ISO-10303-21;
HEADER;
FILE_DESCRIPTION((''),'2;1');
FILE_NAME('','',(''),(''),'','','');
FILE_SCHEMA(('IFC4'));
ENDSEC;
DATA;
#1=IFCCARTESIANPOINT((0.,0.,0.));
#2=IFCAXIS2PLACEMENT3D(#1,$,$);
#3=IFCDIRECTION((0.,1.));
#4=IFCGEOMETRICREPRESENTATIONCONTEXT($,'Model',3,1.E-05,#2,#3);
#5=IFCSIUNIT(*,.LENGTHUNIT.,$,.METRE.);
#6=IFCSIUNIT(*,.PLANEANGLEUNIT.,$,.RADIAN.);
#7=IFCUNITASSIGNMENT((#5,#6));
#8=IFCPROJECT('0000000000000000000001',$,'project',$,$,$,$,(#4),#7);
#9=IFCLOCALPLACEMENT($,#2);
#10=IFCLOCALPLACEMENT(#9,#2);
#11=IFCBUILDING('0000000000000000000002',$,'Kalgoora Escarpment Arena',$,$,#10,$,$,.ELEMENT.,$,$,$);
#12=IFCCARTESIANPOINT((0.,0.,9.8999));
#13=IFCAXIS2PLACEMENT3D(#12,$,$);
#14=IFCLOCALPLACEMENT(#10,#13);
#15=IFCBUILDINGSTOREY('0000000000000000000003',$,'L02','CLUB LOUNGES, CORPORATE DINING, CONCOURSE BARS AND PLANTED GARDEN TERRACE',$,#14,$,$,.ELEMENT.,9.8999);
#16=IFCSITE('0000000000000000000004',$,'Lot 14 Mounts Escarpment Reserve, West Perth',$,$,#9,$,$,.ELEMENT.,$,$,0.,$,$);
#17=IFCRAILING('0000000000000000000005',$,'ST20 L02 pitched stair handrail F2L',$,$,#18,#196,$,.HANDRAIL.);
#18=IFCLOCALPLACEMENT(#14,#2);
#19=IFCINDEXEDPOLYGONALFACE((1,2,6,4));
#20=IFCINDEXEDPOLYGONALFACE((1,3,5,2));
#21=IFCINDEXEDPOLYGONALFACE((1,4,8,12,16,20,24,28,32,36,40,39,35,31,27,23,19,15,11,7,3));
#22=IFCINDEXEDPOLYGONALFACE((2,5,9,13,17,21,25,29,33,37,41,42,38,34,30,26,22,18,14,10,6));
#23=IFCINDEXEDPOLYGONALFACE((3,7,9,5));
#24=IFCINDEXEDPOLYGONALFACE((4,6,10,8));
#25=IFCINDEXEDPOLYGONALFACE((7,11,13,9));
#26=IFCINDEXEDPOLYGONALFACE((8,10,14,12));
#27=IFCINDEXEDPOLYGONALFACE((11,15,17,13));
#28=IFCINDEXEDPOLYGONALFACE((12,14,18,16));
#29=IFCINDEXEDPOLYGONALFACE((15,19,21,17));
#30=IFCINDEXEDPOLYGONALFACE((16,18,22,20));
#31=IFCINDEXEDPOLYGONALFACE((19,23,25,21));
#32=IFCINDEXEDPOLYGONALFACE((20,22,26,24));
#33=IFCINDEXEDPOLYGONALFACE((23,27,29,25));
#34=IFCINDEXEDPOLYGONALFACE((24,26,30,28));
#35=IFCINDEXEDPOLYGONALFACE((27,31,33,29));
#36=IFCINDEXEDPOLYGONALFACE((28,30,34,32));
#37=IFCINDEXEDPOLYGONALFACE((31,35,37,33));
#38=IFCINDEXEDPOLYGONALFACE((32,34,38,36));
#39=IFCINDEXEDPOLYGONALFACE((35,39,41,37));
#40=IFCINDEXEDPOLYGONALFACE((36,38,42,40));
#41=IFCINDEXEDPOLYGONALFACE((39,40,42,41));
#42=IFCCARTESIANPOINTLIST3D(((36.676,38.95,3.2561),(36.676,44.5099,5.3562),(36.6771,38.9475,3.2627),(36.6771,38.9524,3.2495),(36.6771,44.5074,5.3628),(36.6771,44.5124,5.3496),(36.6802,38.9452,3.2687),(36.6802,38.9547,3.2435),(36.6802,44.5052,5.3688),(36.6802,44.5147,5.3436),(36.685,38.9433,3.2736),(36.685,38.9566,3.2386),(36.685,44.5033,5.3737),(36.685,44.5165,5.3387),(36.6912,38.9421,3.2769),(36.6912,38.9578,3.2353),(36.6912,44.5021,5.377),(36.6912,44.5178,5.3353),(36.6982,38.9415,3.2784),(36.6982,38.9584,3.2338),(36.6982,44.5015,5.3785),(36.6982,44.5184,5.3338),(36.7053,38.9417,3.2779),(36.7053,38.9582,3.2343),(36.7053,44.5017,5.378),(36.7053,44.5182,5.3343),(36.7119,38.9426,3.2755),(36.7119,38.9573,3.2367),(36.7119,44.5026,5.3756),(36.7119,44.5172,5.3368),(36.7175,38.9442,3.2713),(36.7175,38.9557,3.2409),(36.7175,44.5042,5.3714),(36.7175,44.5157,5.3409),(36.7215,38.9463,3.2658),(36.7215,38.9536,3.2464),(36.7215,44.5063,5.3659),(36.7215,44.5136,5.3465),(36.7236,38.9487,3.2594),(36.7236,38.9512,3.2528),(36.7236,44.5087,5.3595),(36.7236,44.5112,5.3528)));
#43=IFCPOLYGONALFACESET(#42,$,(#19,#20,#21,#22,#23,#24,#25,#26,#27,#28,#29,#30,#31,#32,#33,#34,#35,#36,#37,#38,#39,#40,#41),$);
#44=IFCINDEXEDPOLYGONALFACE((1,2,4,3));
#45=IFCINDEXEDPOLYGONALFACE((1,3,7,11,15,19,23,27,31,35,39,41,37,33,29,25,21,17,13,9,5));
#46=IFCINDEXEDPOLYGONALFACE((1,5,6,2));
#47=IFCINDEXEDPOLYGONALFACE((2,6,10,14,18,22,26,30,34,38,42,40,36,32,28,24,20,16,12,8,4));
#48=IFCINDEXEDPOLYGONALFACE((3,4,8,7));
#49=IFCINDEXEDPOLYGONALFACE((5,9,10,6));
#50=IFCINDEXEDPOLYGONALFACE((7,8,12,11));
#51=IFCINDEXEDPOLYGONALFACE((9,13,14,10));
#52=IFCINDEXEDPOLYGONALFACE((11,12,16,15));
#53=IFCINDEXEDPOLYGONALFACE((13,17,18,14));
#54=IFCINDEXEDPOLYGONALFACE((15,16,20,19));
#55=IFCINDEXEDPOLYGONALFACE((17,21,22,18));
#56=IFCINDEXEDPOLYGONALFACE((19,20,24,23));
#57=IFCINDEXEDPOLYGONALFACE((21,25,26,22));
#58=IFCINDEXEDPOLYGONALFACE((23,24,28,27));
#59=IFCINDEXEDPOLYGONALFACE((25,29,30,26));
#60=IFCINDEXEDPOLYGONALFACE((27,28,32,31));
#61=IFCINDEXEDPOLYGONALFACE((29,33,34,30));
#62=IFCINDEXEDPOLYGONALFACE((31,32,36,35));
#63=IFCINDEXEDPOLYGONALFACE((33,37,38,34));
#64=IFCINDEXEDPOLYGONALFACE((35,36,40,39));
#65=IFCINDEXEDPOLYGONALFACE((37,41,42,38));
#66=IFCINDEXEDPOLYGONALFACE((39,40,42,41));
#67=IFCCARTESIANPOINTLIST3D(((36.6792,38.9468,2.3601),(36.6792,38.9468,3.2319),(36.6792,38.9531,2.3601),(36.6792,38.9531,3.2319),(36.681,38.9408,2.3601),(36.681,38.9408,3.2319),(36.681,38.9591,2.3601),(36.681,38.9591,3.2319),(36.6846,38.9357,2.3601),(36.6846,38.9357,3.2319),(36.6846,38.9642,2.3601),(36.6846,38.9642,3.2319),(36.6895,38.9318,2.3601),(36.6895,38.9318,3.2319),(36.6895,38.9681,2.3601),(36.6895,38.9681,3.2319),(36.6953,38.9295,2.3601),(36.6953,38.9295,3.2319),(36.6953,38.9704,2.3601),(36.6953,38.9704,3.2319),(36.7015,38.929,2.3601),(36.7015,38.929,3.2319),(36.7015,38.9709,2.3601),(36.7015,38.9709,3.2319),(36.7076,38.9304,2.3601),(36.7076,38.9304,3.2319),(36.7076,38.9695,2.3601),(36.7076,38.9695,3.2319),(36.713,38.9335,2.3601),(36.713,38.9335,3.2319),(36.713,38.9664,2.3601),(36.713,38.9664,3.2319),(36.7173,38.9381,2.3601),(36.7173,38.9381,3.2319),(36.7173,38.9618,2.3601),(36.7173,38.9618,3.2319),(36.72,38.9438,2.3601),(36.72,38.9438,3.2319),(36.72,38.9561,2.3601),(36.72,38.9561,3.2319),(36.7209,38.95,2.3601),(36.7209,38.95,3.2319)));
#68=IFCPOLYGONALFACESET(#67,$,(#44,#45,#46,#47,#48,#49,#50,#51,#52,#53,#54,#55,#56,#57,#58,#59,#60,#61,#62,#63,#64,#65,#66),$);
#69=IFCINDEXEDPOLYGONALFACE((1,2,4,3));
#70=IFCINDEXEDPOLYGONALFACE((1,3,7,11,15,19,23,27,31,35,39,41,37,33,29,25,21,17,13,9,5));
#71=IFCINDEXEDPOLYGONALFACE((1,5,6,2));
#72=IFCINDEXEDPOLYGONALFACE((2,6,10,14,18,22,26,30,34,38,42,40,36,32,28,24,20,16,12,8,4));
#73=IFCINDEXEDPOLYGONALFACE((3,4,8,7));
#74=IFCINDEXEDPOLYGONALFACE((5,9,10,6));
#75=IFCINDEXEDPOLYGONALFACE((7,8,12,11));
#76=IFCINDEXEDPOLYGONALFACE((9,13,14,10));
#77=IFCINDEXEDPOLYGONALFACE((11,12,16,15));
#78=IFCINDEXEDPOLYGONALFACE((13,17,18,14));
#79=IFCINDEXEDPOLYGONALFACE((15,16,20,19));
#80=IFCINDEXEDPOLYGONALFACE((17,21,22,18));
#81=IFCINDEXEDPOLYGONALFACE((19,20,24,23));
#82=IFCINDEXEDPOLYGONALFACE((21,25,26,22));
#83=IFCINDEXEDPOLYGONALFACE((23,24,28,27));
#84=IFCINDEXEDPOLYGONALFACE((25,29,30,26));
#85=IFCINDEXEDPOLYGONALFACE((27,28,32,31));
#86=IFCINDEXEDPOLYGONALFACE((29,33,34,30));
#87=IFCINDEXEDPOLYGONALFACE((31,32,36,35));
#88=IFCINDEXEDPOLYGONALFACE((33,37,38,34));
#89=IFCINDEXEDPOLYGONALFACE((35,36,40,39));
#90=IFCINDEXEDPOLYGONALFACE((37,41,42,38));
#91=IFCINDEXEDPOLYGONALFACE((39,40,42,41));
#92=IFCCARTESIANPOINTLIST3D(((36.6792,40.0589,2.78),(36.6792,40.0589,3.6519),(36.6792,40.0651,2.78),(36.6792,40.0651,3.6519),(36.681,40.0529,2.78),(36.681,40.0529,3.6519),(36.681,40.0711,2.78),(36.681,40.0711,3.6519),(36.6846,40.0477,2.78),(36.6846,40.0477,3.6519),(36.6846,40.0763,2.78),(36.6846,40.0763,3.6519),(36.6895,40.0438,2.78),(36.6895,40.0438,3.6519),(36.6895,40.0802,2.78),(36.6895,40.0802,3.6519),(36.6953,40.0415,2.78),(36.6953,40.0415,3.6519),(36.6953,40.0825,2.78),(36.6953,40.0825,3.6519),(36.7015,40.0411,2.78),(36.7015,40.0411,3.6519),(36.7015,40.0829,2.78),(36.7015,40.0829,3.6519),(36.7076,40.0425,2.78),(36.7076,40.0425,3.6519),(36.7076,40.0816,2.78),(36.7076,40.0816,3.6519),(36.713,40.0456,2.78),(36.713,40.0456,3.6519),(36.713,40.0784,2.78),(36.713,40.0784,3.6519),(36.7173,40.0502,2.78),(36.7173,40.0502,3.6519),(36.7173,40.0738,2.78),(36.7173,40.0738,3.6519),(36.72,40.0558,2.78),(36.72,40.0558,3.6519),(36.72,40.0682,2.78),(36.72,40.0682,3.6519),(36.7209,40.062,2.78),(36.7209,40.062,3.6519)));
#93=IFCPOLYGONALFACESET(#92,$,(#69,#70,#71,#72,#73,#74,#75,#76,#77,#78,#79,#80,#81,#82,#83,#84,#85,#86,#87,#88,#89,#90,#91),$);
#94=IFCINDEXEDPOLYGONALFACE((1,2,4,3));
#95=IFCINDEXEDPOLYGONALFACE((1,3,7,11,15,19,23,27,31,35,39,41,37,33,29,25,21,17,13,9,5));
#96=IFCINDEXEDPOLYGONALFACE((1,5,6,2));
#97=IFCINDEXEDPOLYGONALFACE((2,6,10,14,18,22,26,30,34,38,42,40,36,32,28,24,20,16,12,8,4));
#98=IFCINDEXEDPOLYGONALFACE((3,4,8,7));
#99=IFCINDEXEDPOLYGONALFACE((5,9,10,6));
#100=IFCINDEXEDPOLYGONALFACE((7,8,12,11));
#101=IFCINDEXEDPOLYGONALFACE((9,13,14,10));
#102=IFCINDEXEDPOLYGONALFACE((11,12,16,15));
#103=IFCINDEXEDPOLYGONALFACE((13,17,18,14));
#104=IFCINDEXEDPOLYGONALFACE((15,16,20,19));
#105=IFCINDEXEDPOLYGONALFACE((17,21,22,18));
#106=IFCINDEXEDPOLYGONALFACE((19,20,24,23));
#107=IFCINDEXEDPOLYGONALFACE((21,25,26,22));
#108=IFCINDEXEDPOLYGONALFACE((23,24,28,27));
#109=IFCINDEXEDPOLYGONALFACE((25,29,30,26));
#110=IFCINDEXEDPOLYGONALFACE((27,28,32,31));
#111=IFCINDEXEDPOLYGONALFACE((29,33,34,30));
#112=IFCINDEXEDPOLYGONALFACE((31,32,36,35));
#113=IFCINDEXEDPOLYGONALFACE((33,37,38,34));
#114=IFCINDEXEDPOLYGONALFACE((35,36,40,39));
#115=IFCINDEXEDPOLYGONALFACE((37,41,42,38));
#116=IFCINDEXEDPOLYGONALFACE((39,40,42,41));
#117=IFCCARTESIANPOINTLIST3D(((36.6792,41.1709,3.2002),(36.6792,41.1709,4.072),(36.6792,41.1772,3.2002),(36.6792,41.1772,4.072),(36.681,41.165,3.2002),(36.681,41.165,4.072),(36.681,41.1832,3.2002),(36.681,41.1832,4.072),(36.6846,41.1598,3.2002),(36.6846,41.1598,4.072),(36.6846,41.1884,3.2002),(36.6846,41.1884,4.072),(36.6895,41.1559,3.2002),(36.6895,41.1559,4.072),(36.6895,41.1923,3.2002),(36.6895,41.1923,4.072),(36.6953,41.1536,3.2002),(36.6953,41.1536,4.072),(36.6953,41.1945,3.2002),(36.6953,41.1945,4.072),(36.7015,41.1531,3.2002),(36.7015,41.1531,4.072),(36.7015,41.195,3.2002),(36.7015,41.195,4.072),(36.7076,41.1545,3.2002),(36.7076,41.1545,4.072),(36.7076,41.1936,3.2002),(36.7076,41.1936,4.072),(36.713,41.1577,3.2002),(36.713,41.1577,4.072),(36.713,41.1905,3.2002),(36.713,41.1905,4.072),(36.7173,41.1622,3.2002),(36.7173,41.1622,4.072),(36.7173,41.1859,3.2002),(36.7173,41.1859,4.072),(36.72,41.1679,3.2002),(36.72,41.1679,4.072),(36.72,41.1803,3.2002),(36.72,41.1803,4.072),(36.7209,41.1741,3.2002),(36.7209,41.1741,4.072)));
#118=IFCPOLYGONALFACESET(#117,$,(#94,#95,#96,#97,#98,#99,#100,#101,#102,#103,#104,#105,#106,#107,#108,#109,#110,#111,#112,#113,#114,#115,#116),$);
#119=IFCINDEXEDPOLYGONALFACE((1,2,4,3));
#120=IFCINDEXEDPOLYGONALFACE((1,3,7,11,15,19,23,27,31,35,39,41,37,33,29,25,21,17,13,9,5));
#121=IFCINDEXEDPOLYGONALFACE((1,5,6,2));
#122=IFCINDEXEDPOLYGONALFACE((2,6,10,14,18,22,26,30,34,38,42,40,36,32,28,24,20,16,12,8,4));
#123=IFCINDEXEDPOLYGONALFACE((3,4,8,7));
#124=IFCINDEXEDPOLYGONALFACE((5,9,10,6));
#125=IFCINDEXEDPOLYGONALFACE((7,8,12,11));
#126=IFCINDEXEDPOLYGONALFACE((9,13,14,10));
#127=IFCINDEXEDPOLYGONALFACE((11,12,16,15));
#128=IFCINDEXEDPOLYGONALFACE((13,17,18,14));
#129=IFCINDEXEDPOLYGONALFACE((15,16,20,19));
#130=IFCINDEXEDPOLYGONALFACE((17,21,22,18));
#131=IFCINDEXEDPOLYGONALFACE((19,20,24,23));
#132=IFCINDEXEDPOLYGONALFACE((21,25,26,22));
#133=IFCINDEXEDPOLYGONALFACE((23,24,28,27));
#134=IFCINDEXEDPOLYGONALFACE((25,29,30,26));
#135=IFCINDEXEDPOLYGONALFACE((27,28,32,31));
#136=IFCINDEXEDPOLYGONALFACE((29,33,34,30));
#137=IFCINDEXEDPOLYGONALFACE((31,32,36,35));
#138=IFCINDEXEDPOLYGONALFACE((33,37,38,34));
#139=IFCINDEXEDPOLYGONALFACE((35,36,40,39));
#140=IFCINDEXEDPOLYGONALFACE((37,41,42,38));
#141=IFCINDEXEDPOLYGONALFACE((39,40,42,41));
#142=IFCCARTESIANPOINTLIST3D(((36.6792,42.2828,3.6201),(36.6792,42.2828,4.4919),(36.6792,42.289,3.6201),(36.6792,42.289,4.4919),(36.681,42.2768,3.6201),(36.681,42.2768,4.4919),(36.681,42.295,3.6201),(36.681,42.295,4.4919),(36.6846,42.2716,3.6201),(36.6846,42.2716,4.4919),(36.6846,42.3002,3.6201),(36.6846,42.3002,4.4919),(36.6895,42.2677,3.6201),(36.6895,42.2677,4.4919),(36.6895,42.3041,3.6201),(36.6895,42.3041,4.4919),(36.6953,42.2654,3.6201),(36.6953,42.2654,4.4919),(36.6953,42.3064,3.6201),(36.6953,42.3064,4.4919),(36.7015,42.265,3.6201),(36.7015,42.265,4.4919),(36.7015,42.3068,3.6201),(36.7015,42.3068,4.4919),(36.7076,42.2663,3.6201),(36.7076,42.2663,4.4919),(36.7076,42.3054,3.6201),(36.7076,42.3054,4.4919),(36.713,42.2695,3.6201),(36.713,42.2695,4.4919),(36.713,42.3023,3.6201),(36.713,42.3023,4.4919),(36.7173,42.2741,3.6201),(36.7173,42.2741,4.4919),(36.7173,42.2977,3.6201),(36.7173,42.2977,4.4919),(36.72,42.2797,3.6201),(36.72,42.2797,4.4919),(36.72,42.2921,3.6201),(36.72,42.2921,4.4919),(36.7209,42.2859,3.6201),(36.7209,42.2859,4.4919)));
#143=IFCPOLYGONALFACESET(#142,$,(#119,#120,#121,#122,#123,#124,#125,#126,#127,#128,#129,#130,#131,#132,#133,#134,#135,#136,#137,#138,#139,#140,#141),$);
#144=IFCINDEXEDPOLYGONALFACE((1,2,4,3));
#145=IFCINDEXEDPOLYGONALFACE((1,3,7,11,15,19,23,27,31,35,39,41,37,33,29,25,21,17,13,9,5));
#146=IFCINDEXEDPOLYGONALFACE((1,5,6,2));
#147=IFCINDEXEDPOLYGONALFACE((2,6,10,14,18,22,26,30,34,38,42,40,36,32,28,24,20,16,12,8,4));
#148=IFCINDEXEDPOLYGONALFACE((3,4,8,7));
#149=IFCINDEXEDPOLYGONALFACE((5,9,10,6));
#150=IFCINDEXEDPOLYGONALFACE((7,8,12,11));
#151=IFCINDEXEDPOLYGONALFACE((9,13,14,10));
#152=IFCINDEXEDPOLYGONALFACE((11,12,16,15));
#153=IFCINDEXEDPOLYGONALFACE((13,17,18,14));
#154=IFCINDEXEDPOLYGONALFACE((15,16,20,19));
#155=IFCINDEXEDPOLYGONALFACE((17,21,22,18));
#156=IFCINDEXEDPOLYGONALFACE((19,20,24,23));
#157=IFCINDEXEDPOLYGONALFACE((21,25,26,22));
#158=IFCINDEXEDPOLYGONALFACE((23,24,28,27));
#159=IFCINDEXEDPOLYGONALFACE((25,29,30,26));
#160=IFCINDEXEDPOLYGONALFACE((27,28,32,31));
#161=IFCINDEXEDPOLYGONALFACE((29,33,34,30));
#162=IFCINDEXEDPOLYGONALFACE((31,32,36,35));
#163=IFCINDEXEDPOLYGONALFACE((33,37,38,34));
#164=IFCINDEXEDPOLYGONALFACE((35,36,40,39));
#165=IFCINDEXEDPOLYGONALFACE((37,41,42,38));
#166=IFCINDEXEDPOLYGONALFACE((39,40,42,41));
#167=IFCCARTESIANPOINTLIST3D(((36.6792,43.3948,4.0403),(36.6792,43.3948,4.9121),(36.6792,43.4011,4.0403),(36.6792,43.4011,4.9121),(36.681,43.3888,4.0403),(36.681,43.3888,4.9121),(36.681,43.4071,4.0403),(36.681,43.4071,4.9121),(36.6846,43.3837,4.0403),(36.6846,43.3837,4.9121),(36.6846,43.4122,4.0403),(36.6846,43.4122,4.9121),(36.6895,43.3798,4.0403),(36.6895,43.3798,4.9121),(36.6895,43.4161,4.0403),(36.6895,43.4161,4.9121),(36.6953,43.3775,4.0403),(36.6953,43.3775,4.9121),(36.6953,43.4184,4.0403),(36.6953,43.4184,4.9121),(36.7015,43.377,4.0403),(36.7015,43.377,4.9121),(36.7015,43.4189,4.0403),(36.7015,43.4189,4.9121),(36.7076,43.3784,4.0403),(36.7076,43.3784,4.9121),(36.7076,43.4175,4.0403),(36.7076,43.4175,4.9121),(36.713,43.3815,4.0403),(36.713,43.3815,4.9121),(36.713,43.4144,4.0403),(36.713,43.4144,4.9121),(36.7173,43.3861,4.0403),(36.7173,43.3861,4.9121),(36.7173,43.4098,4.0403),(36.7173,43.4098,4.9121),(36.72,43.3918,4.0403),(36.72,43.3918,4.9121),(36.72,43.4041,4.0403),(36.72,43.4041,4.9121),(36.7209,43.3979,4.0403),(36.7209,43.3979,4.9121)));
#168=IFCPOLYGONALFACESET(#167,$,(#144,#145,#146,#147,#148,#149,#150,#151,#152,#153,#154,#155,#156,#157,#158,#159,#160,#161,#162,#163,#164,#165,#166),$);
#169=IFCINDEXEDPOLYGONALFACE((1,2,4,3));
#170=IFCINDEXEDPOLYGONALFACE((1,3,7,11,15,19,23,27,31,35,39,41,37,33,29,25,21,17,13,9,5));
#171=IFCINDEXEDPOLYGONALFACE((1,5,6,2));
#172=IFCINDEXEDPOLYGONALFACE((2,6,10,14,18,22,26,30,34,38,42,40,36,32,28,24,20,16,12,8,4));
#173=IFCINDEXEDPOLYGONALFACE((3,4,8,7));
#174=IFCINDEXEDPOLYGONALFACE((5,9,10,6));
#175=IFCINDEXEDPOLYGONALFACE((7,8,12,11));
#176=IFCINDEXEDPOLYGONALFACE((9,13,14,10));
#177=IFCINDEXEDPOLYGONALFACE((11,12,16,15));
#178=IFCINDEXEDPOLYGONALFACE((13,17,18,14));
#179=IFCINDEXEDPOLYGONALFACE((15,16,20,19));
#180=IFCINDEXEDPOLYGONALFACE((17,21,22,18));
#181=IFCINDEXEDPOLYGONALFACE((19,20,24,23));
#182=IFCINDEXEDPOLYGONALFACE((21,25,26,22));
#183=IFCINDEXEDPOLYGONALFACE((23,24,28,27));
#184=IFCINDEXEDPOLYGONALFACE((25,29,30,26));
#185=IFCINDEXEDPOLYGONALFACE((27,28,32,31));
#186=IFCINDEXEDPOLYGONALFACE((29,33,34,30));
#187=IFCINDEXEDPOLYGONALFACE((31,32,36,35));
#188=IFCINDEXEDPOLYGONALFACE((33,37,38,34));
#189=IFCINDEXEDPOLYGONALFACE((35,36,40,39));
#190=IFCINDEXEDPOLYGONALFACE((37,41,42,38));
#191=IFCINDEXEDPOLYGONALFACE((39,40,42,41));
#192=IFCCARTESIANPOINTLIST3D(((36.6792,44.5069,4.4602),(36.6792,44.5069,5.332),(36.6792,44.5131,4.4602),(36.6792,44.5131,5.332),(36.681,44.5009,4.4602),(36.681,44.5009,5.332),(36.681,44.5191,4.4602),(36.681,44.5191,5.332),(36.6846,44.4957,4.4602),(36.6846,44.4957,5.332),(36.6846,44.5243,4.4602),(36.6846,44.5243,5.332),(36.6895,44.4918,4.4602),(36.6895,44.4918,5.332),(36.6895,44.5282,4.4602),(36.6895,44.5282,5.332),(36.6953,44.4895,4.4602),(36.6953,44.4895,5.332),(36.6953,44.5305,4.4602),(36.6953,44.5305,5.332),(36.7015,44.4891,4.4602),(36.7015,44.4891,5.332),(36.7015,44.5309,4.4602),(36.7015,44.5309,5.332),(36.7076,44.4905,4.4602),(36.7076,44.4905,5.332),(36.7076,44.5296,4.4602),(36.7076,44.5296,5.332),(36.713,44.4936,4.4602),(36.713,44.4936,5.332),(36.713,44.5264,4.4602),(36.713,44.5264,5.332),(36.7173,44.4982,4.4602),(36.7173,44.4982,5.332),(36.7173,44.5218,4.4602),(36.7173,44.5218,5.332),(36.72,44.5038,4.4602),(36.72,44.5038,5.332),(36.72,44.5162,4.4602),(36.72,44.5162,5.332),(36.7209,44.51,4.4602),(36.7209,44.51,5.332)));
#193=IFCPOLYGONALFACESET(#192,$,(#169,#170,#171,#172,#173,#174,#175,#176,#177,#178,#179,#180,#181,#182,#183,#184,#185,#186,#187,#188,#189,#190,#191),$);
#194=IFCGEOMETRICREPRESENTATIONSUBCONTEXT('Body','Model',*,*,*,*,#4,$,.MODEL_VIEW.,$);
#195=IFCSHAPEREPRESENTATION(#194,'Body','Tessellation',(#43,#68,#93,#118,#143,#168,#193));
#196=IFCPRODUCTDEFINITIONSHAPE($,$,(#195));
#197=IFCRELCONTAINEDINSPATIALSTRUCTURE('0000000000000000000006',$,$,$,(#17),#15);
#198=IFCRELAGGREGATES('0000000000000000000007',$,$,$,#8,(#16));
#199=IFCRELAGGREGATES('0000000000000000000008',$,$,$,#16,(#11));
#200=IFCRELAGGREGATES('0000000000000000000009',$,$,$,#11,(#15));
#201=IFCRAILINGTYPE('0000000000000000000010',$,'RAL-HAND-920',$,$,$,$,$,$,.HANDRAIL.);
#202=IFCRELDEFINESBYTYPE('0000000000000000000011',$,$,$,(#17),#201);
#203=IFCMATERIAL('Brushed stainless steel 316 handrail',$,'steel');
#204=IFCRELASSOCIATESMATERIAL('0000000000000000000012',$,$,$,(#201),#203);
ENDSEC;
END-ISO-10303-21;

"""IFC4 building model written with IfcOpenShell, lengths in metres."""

from ifc_helpers import new_model, si_unit, direction, frame, origin, origin_2d, place, context, subcontext, project, spatial, circle, extrude, material, type_object, element, save


model = new_model("IFC4")

# Units and contexts
model_context = context("Model", 3, precision=1e-05, world=origin(), true_north=direction((0.0, 1.0)))
body_context = subcontext(model_context, "Body", "Model", "MODEL_VIEW")
ifc_project = project(units=[si_unit("LENGTHUNIT", "METRE"), si_unit("PLANEANGLEUNIT", "RADIAN")], contexts=[model_context])

# Site, building, storey
site_placement = place(None, origin())
site = spatial("IfcSite", under=ifc_project, at=site_placement, Name="Lot 14 Mounts Escarpment Reserve, West Perth", CompositionType="ELEMENT", RefElevation=0.0)
building_placement = place(site_placement, origin())
building = spatial("IfcBuilding", under=site, at=building_placement, Name="Kalgoora Escarpment Arena", CompositionType="ELEMENT")
storey_placement = place(building_placement, frame((0.0, 0.0, 9.8999)))
storey = spatial("IfcBuildingStorey", under=building, at=storey_placement, Name="L02", Description="CLUB LOUNGES, CORPORATE DINING, CONCOURSE BARS AND PLANTED GARDEN TERRACE", CompositionType="ELEMENT", Elevation=9.8999)

# Railing
ifc_material_1 = material(Name="Brushed stainless steel 316 handrail", Category="steel")
railing_type_1 = type_object("IfcRailingType", Name="RAL-HAND-920", PredefinedType="HANDRAIL", material=ifc_material_1)
for number, where, name in (
    (1, (36.7, 38.95, 2.3601), "ST20 L02 pitched stair handrail F2L"),
):
    element("IfcRailing", number, at=place(storey_placement, frame(where)), inside=storey, type_object=railing_type_1, Name=name, PredefinedType="HANDRAIL", context=body_context, shape_type="SweptSolid", body=[
        extrude(circle(Radius=0.0239, at=origin_2d()), frame((0.0, 0.0, 0.896), z_axis=(0.0, 0.935493, 0.353346), x_axis=(-1.0, 0.0, 0.0)), (0.0, 0.0, 1.0), 5.9434),
        extrude(circle(Radius=0.021, at=origin_2d()), origin(), (0.0, 0.0, 1.0), 0.8718),
        extrude(circle(Radius=0.021, at=origin_2d()), frame((0.0, 1.1121, 0.4199)), (0.0, 0.0, 1.0), 0.8718),
        extrude(circle(Radius=0.021, at=origin_2d()), frame((0.0, 2.2241, 0.8401)), (0.0, 0.0, 1.0), 0.8718),
        extrude(circle(Radius=0.021, at=origin_2d()), frame((0.0, 3.3359, 1.26)), (0.0, 0.0, 1.0), 0.8718),
        extrude(circle(Radius=0.021, at=origin_2d()), frame((0.0, 4.448, 1.6802)), (0.0, 0.0, 1.0), 0.8718),
        extrude(circle(Radius=0.021, at=origin_2d()), frame((0.0, 5.5601, 2.1001)), (0.0, 0.0, 1.0), 0.8718),
    ])

save(model, "model.ifc")
